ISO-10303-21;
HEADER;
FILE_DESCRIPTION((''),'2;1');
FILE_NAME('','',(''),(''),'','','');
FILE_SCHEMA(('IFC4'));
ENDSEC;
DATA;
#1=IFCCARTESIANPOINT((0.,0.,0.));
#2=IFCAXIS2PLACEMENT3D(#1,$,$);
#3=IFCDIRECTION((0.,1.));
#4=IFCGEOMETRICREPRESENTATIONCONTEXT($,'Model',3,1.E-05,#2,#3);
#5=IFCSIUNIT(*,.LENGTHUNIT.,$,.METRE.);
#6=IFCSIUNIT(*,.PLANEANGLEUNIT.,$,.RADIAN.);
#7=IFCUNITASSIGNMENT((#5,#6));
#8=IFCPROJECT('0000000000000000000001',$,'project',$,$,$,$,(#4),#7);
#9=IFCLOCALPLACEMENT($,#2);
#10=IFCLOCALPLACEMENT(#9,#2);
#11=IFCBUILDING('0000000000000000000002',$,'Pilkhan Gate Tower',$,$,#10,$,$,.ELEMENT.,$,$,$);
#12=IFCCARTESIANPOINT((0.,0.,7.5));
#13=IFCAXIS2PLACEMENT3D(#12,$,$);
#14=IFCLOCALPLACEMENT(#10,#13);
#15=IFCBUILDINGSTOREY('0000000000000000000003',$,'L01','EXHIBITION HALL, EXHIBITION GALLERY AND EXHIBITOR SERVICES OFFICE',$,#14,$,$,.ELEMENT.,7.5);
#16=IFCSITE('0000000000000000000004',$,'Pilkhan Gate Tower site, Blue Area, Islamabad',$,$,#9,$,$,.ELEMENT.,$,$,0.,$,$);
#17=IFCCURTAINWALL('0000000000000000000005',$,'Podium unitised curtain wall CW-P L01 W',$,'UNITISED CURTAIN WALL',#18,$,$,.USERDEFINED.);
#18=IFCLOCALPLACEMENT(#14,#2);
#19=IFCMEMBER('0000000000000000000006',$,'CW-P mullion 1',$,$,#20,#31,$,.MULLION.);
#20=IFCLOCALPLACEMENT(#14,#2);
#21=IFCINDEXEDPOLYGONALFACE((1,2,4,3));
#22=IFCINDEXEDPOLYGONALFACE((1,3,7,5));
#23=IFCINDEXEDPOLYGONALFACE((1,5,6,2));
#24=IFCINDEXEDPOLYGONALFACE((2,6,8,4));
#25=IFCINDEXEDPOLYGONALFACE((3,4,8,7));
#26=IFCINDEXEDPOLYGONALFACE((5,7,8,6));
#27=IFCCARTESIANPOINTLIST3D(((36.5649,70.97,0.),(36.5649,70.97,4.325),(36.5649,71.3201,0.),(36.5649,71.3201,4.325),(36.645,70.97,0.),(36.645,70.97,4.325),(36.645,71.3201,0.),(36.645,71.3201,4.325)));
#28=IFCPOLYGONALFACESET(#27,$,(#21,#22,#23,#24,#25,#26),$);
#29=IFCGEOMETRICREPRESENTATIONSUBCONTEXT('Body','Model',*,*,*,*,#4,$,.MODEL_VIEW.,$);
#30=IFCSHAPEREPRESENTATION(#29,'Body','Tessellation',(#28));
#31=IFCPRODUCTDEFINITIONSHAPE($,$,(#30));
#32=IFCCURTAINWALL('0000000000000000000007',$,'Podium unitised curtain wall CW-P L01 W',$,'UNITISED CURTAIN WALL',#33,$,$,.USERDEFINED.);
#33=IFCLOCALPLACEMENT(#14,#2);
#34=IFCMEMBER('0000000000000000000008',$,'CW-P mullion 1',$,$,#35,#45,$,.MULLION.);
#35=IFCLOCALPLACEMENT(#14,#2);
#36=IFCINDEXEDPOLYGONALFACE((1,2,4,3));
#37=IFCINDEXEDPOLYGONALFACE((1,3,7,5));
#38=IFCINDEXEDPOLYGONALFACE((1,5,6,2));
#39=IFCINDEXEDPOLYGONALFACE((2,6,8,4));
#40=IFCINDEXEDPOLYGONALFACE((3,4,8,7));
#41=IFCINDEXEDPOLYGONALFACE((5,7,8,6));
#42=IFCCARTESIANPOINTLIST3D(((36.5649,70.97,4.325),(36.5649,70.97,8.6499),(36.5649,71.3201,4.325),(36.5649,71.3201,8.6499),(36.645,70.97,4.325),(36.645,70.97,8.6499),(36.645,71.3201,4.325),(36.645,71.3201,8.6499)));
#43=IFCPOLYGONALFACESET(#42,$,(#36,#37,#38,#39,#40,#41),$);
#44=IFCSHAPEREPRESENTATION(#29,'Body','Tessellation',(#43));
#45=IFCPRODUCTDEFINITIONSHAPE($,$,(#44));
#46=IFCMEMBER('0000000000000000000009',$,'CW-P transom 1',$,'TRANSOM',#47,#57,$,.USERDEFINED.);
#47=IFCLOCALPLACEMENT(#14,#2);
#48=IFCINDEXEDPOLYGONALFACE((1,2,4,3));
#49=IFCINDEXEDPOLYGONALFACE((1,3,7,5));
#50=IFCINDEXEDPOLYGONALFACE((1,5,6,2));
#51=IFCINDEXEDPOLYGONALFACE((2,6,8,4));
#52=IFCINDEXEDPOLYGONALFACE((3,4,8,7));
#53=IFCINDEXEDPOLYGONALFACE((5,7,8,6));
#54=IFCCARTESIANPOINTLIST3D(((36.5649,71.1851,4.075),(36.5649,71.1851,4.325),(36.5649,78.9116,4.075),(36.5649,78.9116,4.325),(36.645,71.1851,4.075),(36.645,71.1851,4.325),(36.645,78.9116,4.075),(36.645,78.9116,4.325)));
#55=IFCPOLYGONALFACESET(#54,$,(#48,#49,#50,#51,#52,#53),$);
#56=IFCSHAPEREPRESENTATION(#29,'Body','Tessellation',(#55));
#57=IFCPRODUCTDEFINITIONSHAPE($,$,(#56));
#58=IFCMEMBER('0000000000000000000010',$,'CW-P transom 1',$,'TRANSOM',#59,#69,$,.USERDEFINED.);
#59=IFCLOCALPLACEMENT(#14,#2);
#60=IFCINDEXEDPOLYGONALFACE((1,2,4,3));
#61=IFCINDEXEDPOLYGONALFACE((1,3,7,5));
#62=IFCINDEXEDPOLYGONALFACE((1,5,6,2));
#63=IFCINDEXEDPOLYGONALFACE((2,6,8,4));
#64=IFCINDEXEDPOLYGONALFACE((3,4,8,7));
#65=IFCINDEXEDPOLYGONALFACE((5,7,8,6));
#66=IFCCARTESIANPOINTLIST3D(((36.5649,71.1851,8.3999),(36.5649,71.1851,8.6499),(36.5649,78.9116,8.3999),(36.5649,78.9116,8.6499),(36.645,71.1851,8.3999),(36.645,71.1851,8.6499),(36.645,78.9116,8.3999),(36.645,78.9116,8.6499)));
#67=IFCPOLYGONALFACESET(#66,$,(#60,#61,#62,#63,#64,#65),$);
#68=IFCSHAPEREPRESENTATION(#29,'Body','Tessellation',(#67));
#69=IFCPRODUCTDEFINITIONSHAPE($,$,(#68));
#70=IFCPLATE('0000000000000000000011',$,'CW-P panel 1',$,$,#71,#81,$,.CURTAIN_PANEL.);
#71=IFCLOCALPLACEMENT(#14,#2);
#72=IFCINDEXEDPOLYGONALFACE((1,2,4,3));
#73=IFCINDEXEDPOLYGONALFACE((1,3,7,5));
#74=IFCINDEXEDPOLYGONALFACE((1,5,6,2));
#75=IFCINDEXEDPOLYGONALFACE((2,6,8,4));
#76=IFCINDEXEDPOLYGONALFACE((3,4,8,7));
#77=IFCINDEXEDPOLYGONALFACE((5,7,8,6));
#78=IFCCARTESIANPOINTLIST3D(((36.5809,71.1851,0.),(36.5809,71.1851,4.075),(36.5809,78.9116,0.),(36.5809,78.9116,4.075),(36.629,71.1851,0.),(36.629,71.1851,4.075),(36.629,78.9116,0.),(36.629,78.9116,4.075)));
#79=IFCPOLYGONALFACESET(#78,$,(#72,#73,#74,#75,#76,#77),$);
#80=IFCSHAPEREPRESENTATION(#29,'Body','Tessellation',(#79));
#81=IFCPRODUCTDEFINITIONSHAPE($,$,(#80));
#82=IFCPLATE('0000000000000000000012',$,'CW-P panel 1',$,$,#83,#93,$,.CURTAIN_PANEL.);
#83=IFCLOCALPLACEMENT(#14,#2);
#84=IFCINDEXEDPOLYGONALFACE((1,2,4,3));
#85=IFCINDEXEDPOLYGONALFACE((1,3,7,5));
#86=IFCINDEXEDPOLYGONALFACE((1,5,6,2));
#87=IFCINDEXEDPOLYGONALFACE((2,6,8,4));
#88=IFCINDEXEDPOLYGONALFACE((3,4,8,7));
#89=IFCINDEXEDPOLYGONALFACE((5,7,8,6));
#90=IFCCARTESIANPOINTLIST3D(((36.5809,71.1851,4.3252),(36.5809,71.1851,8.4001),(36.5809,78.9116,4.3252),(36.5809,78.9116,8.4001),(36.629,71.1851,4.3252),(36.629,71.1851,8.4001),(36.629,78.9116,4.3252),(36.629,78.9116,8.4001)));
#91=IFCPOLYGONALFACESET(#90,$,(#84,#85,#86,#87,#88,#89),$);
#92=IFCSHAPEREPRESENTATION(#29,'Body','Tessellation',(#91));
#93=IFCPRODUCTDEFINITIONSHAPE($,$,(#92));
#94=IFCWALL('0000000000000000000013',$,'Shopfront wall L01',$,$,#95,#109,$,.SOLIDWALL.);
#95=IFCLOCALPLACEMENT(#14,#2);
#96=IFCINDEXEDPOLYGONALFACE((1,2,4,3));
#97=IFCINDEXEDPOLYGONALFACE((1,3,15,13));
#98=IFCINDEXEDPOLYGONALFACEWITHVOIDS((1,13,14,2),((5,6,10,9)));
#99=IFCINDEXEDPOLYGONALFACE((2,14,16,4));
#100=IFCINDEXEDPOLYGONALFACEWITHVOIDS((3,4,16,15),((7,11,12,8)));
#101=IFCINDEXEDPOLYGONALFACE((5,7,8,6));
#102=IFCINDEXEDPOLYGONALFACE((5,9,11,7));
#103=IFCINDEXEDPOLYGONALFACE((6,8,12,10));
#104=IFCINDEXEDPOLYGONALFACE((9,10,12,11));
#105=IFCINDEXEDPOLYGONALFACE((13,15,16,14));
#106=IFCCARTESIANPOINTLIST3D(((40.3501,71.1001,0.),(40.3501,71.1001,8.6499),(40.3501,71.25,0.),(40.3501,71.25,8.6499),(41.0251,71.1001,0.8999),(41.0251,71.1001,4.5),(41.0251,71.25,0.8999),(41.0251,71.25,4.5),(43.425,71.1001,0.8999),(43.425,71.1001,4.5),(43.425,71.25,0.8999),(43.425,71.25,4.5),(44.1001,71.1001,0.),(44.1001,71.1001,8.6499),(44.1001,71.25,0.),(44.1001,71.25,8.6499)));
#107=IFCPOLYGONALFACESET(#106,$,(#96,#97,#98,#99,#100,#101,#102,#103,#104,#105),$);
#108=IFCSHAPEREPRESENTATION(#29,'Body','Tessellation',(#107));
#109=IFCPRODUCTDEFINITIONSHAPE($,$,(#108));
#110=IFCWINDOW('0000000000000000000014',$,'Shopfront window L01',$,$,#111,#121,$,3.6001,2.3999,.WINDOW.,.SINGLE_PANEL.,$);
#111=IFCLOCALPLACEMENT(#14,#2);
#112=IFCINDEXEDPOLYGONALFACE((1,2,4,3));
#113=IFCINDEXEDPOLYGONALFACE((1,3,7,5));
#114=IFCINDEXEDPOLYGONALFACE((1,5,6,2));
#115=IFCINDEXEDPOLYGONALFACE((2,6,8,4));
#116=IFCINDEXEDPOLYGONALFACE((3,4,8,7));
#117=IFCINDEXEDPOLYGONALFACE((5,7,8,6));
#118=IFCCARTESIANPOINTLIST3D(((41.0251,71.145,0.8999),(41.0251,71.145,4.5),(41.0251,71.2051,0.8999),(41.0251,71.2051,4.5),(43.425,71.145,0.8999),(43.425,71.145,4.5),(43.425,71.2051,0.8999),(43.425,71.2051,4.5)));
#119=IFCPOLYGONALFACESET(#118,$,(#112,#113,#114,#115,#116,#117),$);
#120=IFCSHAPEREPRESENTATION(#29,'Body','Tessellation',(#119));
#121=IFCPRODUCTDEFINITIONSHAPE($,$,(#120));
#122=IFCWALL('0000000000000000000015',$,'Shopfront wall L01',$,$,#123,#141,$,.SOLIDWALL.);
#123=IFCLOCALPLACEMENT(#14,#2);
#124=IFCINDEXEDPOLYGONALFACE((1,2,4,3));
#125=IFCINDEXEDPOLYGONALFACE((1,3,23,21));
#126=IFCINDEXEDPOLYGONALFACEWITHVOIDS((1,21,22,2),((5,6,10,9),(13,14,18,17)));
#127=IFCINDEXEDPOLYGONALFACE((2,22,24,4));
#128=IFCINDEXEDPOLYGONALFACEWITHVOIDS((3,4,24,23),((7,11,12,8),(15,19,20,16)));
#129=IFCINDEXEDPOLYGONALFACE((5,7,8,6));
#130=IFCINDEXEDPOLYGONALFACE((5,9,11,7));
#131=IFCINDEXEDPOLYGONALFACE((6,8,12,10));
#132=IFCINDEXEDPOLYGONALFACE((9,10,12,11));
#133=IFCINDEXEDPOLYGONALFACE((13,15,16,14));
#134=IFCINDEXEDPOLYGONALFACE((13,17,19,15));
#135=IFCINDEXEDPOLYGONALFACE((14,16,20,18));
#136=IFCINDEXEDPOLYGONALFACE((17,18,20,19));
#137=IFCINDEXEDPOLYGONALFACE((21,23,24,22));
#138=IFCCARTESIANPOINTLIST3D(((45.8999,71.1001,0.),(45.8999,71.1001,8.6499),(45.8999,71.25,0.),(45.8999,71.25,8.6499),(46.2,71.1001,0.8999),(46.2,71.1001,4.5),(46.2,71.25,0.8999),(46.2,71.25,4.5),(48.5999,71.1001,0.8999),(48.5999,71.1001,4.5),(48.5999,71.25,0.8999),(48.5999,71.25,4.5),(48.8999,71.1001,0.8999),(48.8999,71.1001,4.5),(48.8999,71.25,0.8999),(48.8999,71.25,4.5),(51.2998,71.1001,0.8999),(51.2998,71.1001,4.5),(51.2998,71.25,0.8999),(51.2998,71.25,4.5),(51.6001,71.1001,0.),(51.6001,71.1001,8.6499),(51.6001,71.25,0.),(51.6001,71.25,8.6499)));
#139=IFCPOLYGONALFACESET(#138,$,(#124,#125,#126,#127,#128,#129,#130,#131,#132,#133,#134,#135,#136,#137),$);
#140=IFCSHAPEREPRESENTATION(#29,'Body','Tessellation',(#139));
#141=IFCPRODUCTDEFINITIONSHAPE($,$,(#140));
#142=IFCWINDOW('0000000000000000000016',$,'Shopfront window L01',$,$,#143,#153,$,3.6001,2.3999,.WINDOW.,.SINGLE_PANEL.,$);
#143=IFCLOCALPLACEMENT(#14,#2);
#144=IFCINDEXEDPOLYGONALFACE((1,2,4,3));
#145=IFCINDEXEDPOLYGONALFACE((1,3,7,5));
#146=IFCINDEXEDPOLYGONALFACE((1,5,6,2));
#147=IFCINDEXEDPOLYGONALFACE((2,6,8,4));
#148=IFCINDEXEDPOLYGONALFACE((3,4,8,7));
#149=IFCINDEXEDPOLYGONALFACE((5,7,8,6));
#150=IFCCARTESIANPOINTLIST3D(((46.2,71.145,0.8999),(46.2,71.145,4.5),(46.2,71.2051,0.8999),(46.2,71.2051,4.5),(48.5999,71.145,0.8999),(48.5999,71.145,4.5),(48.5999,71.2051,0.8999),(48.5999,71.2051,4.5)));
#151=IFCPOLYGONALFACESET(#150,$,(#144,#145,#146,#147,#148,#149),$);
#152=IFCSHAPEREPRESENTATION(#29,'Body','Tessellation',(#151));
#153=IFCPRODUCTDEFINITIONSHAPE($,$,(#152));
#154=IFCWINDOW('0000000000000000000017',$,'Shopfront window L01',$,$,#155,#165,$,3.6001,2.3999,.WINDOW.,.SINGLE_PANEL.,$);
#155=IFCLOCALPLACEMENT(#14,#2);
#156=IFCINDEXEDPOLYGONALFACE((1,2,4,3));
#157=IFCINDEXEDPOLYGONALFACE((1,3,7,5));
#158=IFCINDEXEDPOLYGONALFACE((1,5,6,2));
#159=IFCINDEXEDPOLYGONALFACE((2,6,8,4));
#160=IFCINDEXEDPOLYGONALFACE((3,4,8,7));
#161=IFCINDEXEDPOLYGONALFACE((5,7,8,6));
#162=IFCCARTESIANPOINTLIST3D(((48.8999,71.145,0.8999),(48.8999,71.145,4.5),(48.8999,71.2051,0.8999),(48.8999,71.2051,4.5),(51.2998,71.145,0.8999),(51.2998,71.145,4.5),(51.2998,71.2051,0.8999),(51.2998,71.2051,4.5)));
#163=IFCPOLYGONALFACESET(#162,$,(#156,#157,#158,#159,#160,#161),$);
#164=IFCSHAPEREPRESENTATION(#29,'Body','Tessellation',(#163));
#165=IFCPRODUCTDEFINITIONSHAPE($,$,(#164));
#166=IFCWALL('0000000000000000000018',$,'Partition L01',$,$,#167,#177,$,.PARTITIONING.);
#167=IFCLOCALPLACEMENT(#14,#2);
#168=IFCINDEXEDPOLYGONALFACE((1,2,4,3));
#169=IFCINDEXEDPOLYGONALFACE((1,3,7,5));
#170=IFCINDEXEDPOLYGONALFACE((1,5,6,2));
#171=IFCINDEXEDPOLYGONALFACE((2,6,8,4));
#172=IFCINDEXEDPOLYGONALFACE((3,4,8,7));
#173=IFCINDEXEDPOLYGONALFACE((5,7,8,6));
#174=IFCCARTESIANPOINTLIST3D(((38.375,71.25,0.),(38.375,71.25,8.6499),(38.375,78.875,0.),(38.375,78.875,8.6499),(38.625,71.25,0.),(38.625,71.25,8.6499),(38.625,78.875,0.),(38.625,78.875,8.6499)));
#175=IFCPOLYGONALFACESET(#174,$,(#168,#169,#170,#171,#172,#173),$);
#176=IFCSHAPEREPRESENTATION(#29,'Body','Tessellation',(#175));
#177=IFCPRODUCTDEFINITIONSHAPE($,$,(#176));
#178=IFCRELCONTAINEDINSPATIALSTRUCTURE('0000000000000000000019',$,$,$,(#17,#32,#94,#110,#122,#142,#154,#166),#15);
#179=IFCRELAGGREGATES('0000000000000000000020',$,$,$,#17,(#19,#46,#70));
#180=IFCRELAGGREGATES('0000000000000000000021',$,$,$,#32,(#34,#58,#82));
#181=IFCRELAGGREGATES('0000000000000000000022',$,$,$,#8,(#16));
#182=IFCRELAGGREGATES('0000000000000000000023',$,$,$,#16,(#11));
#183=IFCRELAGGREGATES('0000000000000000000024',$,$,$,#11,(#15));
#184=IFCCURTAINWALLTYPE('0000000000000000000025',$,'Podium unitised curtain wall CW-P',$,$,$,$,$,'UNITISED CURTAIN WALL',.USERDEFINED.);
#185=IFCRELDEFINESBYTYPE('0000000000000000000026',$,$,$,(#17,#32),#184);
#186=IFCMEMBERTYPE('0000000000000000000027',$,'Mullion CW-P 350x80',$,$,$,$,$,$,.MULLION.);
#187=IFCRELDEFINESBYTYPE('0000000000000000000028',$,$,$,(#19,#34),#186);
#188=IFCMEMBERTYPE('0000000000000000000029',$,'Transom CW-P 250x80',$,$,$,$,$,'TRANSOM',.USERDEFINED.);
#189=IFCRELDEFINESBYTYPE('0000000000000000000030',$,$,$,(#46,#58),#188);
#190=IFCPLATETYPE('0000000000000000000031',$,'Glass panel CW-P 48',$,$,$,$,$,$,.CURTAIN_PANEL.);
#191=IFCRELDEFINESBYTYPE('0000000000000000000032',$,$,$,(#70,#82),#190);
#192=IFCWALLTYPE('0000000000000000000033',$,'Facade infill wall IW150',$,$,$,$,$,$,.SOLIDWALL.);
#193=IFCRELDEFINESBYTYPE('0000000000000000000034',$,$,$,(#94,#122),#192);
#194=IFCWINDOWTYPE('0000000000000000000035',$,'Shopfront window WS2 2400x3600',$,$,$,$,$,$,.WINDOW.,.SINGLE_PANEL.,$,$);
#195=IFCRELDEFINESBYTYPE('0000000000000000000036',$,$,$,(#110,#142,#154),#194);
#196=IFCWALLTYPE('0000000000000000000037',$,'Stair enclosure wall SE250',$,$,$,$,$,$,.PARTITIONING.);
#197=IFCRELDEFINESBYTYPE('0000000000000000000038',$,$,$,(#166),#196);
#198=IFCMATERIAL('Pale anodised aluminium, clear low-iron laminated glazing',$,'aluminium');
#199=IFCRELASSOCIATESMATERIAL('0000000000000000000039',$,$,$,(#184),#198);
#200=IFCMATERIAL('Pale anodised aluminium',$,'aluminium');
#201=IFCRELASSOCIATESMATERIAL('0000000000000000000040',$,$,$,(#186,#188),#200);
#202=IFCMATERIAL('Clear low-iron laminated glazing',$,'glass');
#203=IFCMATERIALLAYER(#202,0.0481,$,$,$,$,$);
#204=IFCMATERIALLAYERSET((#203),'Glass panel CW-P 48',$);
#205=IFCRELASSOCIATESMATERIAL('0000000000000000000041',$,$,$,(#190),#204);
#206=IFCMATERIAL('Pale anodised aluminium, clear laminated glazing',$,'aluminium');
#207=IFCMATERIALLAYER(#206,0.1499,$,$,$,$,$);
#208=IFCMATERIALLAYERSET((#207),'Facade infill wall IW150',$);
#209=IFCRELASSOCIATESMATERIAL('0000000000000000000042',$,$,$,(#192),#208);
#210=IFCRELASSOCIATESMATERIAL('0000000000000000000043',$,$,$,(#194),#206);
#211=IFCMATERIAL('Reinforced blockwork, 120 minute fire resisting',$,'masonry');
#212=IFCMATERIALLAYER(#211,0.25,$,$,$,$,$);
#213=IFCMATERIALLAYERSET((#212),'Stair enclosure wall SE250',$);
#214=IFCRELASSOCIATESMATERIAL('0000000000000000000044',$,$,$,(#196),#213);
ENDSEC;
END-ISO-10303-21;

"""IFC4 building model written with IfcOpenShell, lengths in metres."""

from ifc_helpers import new_model, si_unit, direction, frame, frame_2d, origin, origin_2d, place, context, subcontext, project, spatial, rectangle, extrude, material, layer, layer_set, material_profile, profile_set, type_object, element, fill, aggregate, save


model = new_model("IFC4")

# Units and contexts
model_context = context("Model", 3, precision=1e-05, world=origin(), true_north=direction((0.0, 1.0)))
body_context = subcontext(model_context, "Body", "Model", "MODEL_VIEW")
ifc_project = project(units=[si_unit("LENGTHUNIT", "METRE"), si_unit("PLANEANGLEUNIT", "RADIAN")], contexts=[model_context])

# Site, building, storey
site_placement = place(None, origin())
site = spatial("IfcSite", under=ifc_project, at=site_placement, Name="Pilkhan Gate Tower site, Blue Area, Islamabad", CompositionType="ELEMENT", RefElevation=0.0)
building_placement = place(site_placement, origin())
building = spatial("IfcBuilding", under=site, at=building_placement, Name="Pilkhan Gate Tower", CompositionType="ELEMENT")
storey_placement = place(building_placement, frame((0.0, 0.0, 7.5)))
storey = spatial("IfcBuildingStorey", under=building, at=storey_placement, Name="L01", Description="EXHIBITION HALL, EXHIBITION GALLERY AND EXHIBITOR SERVICES OFFICE", CompositionType="ELEMENT", Elevation=7.5)

# Curtain walls, members
ifc_material_1 = material(Name="Pale anodised aluminium, clear low-iron laminated glazing", Category="aluminium")
curtain_wall_type = type_object("IfcCurtainWallType", Name="Podium unitised curtain wall CW-P", ElementType="UNITISED CURTAIN WALL", PredefinedType="USERDEFINED", material=ifc_material_1)
curtain_wall_1_placement = place(storey_placement, origin())
curtain_wall_1 = element("IfcCurtainWall", 1, at=curtain_wall_1_placement, inside=storey, type_object=curtain_wall_type, Name="Podium unitised curtain wall CW-P L01 W", ObjectType="UNITISED CURTAIN WALL", PredefinedType="USERDEFINED")
ifc_material_2 = material(Name="Pale anodised aluminium", Category="aluminium")
ifc_material_profile_1 = material_profile(ifc_material_2, rectangle(XDim=0.0801, YDim=0.3501, at=origin_2d()), Name="Mullion 350x80")
ifc_profile_set_1 = profile_set([ifc_material_profile_1], Name="Pale anodised aluminium")
member_type_1 = type_object("IfcMemberType", Name="Mullion CW-P 350x80", PredefinedType="MULLION", material=ifc_profile_set_1)
member_1_placement = place(storey_placement, frame((36.605, 71.145, 0.0), z_axis=(0.0, 0.0, 1.0), x_axis=(-1.0, 0.0, 0.0)))
member_1 = element("IfcMember", 2, at=member_1_placement, type_object=member_type_1, Name="CW-P mullion 1", PredefinedType="MULLION", context=body_context, shape_type="SweptSolid", body=[
    extrude(rectangle(XDim=0.0801, YDim=0.3501, at=origin_2d()), origin(), (0.0, 0.0, 1.0), 4.325),
])
curtain_wall_2_placement = place(storey_placement, origin())
curtain_wall_2 = element("IfcCurtainWall", 3, at=curtain_wall_2_placement, inside=storey, type_object=curtain_wall_type, Name="Podium unitised curtain wall CW-P L01 W", ObjectType="UNITISED CURTAIN WALL", PredefinedType="USERDEFINED")
member_2_placement = place(storey_placement, frame((36.605, 71.145, 4.325), z_axis=(0.0, 0.0, 1.0), x_axis=(-1.0, 0.0, 0.0)))
member_2 = element("IfcMember", 4, at=member_2_placement, type_object=member_type_1, Name="CW-P mullion 1", PredefinedType="MULLION", context=body_context, shape_type="SweptSolid", body=[
    extrude(rectangle(XDim=0.0801, YDim=0.3501, at=origin_2d()), origin(), (0.0, 0.0, 1.0), 4.325),
])

# Members
ifc_material_profile_2 = material_profile(ifc_material_2, rectangle(XDim=0.0801, YDim=0.25, at=origin_2d()), Name="Transom 250x80")
ifc_profile_set_2 = profile_set([ifc_material_profile_2], Name="Pale anodised aluminium")
member_type_2 = type_object("IfcMemberType", Name="Transom CW-P 250x80", ElementType="TRANSOM", PredefinedType="USERDEFINED", material=ifc_profile_set_2)
member_3_placement = place(storey_placement, frame((36.605, 71.1851, 4.2), z_axis=(0.0, 1.0, 0.0), x_axis=(-1.0, 0.0, 0.0)))
member_3 = element("IfcMember", 5, at=member_3_placement, type_object=member_type_2, Name="CW-P transom 1", ObjectType="TRANSOM", PredefinedType="USERDEFINED", context=body_context, shape_type="SweptSolid", body=[
    extrude(rectangle(XDim=0.0801, YDim=0.25, at=origin_2d()), origin(), (0.0, 0.0, 1.0), 7.7266),
])
member_4_placement = place(storey_placement, frame((36.605, 71.1851, 8.5249), z_axis=(0.0, 1.0, 0.0), x_axis=(-1.0, 0.0, 0.0)))
member_4 = element("IfcMember", 6, at=member_4_placement, type_object=member_type_2, Name="CW-P transom 1", ObjectType="TRANSOM", PredefinedType="USERDEFINED", context=body_context, shape_type="SweptSolid", body=[
    extrude(rectangle(XDim=0.0801, YDim=0.25, at=origin_2d()), origin(), (0.0, 0.0, 1.0), 7.7266),
])

# Plates
ifc_material_3 = material(Name="Clear low-iron laminated glazing", Category="glass")
ifc_layer_1 = layer(ifc_material_3, 0.0481)
ifc_layer_set_1 = layer_set([ifc_layer_1], Name="Glass panel CW-P 48")
plate_type = type_object("IfcPlateType", Name="Glass panel CW-P 48", PredefinedType="CURTAIN_PANEL", material=ifc_layer_set_1)
plate_1_placement = place(storey_placement, frame((36.605, 75.0483, 0.0), z_axis=(0.0, 0.0, 1.0), x_axis=(0.0, 1.0, 0.0)))
plate_1 = element("IfcPlate", 7, at=plate_1_placement, type_object=plate_type, Name="CW-P panel 1", PredefinedType="CURTAIN_PANEL", context=body_context, shape_type="SweptSolid", body=[
    extrude(rectangle(XDim=7.7266, YDim=0.0481, at=origin_2d()), origin(), (0.0, 0.0, 1.0), 4.075),
])
aggregate(curtain_wall_1, [member_1, member_3, plate_1])
plate_2_placement = place(storey_placement, frame((36.605, 75.0483, 4.3252), z_axis=(0.0, 0.0, 1.0), x_axis=(0.0, 1.0, 0.0)))
plate_2 = element("IfcPlate", 8, at=plate_2_placement, type_object=plate_type, Name="CW-P panel 1", PredefinedType="CURTAIN_PANEL", context=body_context, shape_type="SweptSolid", body=[
    extrude(rectangle(XDim=7.7266, YDim=0.0481, at=origin_2d()), origin(), (0.0, 0.0, 1.0), 4.075),
])
aggregate(curtain_wall_2, [member_2, member_4, plate_2])

# Wall, opening, window
ifc_material_4 = material(Name="Pale anodised aluminium, clear laminated glazing", Category="aluminium")
ifc_layer_2 = layer(ifc_material_4, 0.1499)
ifc_layer_set_2 = layer_set([ifc_layer_2], Name="Facade infill wall IW150")
wall_type_1 = type_object("IfcWallType", Name="Facade infill wall IW150", PredefinedType="SOLIDWALL", material=ifc_layer_set_2)
wall_1_placement = place(storey_placement, frame((40.3501, 71.175, 0.0), z_axis=(0.0, 0.0, 1.0), x_axis=(1.0, 0.0, 0.0)))
wall_1 = element("IfcWall", 9, at=wall_1_placement, inside=storey, type_object=wall_type_1, Name="Shopfront wall L01", PredefinedType="SOLIDWALL", context=body_context, shape_type="SweptSolid", body=[
    extrude(rectangle(XDim=3.75, YDim=0.1499, at=frame_2d((1.875, 0.0))), origin(), (0.0, 0.0, 1.0), 8.6499),
])
opening_1_placement = place(wall_1_placement, frame((0.675, 0.0, 0.8999)))
opening_1 = element("IfcOpeningElement", 10, at=opening_1_placement, cuts=wall_1, PredefinedType="OPENING", context=body_context, shape_type="SweptSolid", body=[
    extrude(rectangle(XDim=2.3999, YDim=3.6001, at=frame_2d((1.2, 1.8))), frame((0.0, 0.085, 0.0), z_axis=(0.0, -1.0, 0.0), x_axis=(1.0, 0.0, 0.0)), (0.0, 0.0, 1.0), 0.1699),
])
window_type = type_object("IfcWindowType", Name="Shopfront window WS2 2400x3600", PartitioningType="SINGLE_PANEL", PredefinedType="WINDOW", material=ifc_material_4)
window_1_placement = place(opening_1_placement, origin())
window_1 = element("IfcWindow", 11, at=window_1_placement, inside=storey, type_object=window_type, Name="Shopfront window L01", OverallHeight=3.6001, OverallWidth=2.3999, PartitioningType="SINGLE_PANEL", PredefinedType="WINDOW", context=body_context, shape_type="SweptSolid", body=[
    extrude(rectangle(XDim=2.3999, YDim=3.6001, at=frame_2d((1.2, 1.8))), frame((0.0, 0.03, 0.0), z_axis=(0.0, -1.0, 0.0), x_axis=(1.0, 0.0, 0.0)), (0.0, 0.0, 1.0), 0.0601),
])
fill(opening_1, window_1)

# Wall, openings, windows
wall_2_placement = place(storey_placement, frame((45.8999, 71.175, 0.0), z_axis=(0.0, 0.0, 1.0), x_axis=(1.0, 0.0, 0.0)))
wall_2 = element("IfcWall", 12, at=wall_2_placement, inside=storey, type_object=wall_type_1, Name="Shopfront wall L01", PredefinedType="SOLIDWALL", context=body_context, shape_type="SweptSolid", body=[
    extrude(rectangle(XDim=5.7002, YDim=0.1499, at=frame_2d((2.8501, 0.0))), origin(), (0.0, 0.0, 1.0), 8.6499),
])
opening_2_placement = place(wall_2_placement, frame((0.3, 0.0, 0.8999)))
opening_2 = element("IfcOpeningElement", 13, at=opening_2_placement, cuts=wall_2, PredefinedType="OPENING", context=body_context, shape_type="SweptSolid", body=[
    extrude(rectangle(XDim=2.3999, YDim=3.6001, at=frame_2d((1.2, 1.8))), frame((0.0, 0.085, 0.0), z_axis=(0.0, -1.0, 0.0), x_axis=(1.0, 0.0, 0.0)), (0.0, 0.0, 1.0), 0.1699),
])
opening_3_placement = place(wall_2_placement, frame((3.0, 0.0, 0.8999)))
opening_3 = element("IfcOpeningElement", 14, at=opening_3_placement, cuts=wall_2, PredefinedType="OPENING", context=body_context, shape_type="SweptSolid", body=[
    extrude(rectangle(XDim=2.3999, YDim=3.6001, at=frame_2d((1.2, 1.8))), frame((0.0, 0.085, 0.0), z_axis=(0.0, -1.0, 0.0), x_axis=(1.0, 0.0, 0.0)), (0.0, 0.0, 1.0), 0.1699),
])
window_2_placement = place(opening_2_placement, origin())
window_2 = element("IfcWindow", 15, at=window_2_placement, inside=storey, type_object=window_type, Name="Shopfront window L01", OverallHeight=3.6001, OverallWidth=2.3999, PartitioningType="SINGLE_PANEL", PredefinedType="WINDOW", context=body_context, shape_type="SweptSolid", body=[
    extrude(rectangle(XDim=2.3999, YDim=3.6001, at=frame_2d((1.2, 1.8))), frame((0.0, 0.03, 0.0), z_axis=(0.0, -1.0, 0.0), x_axis=(1.0, 0.0, 0.0)), (0.0, 0.0, 1.0), 0.0601),
])
fill(opening_2, window_2)
window_3_placement = place(opening_3_placement, origin())
window_3 = element("IfcWindow", 16, at=window_3_placement, inside=storey, type_object=window_type, Name="Shopfront window L01", OverallHeight=3.6001, OverallWidth=2.3999, PartitioningType="SINGLE_PANEL", PredefinedType="WINDOW", context=body_context, shape_type="SweptSolid", body=[
    extrude(rectangle(XDim=2.3999, YDim=3.6001, at=frame_2d((1.2, 1.8))), frame((0.0, 0.03, 0.0), z_axis=(0.0, -1.0, 0.0), x_axis=(1.0, 0.0, 0.0)), (0.0, 0.0, 1.0), 0.0601),
])
fill(opening_3, window_3)

# Wall
ifc_material_5 = material(Name="Reinforced blockwork, 120 minute fire resisting", Category="masonry")
ifc_layer_3 = layer(ifc_material_5, 0.25)
ifc_layer_set_3 = layer_set([ifc_layer_3], Name="Stair enclosure wall SE250")
wall_type_2 = type_object("IfcWallType", Name="Stair enclosure wall SE250", PredefinedType="PARTITIONING", material=ifc_layer_set_3)
for number, where, z_axis, x_axis, name in (
    (17, (38.5, 71.25, 0.0), (0.0, 0.0, 1.0), (0.0, 1.0, 0.0), "Partition L01"),
):
    element("IfcWall", number, at=place(storey_placement, frame(where, z_axis=z_axis, x_axis=x_axis)), inside=storey, type_object=wall_type_2, Name=name, PredefinedType="PARTITIONING", context=body_context, shape_type="SweptSolid", body=[
        extrude(rectangle(XDim=7.625, YDim=0.25, at=frame_2d((3.8125, 0.0))), origin(), (0.0, 0.0, 1.0), 8.6499),
    ])

save(model, "model.ifc")
